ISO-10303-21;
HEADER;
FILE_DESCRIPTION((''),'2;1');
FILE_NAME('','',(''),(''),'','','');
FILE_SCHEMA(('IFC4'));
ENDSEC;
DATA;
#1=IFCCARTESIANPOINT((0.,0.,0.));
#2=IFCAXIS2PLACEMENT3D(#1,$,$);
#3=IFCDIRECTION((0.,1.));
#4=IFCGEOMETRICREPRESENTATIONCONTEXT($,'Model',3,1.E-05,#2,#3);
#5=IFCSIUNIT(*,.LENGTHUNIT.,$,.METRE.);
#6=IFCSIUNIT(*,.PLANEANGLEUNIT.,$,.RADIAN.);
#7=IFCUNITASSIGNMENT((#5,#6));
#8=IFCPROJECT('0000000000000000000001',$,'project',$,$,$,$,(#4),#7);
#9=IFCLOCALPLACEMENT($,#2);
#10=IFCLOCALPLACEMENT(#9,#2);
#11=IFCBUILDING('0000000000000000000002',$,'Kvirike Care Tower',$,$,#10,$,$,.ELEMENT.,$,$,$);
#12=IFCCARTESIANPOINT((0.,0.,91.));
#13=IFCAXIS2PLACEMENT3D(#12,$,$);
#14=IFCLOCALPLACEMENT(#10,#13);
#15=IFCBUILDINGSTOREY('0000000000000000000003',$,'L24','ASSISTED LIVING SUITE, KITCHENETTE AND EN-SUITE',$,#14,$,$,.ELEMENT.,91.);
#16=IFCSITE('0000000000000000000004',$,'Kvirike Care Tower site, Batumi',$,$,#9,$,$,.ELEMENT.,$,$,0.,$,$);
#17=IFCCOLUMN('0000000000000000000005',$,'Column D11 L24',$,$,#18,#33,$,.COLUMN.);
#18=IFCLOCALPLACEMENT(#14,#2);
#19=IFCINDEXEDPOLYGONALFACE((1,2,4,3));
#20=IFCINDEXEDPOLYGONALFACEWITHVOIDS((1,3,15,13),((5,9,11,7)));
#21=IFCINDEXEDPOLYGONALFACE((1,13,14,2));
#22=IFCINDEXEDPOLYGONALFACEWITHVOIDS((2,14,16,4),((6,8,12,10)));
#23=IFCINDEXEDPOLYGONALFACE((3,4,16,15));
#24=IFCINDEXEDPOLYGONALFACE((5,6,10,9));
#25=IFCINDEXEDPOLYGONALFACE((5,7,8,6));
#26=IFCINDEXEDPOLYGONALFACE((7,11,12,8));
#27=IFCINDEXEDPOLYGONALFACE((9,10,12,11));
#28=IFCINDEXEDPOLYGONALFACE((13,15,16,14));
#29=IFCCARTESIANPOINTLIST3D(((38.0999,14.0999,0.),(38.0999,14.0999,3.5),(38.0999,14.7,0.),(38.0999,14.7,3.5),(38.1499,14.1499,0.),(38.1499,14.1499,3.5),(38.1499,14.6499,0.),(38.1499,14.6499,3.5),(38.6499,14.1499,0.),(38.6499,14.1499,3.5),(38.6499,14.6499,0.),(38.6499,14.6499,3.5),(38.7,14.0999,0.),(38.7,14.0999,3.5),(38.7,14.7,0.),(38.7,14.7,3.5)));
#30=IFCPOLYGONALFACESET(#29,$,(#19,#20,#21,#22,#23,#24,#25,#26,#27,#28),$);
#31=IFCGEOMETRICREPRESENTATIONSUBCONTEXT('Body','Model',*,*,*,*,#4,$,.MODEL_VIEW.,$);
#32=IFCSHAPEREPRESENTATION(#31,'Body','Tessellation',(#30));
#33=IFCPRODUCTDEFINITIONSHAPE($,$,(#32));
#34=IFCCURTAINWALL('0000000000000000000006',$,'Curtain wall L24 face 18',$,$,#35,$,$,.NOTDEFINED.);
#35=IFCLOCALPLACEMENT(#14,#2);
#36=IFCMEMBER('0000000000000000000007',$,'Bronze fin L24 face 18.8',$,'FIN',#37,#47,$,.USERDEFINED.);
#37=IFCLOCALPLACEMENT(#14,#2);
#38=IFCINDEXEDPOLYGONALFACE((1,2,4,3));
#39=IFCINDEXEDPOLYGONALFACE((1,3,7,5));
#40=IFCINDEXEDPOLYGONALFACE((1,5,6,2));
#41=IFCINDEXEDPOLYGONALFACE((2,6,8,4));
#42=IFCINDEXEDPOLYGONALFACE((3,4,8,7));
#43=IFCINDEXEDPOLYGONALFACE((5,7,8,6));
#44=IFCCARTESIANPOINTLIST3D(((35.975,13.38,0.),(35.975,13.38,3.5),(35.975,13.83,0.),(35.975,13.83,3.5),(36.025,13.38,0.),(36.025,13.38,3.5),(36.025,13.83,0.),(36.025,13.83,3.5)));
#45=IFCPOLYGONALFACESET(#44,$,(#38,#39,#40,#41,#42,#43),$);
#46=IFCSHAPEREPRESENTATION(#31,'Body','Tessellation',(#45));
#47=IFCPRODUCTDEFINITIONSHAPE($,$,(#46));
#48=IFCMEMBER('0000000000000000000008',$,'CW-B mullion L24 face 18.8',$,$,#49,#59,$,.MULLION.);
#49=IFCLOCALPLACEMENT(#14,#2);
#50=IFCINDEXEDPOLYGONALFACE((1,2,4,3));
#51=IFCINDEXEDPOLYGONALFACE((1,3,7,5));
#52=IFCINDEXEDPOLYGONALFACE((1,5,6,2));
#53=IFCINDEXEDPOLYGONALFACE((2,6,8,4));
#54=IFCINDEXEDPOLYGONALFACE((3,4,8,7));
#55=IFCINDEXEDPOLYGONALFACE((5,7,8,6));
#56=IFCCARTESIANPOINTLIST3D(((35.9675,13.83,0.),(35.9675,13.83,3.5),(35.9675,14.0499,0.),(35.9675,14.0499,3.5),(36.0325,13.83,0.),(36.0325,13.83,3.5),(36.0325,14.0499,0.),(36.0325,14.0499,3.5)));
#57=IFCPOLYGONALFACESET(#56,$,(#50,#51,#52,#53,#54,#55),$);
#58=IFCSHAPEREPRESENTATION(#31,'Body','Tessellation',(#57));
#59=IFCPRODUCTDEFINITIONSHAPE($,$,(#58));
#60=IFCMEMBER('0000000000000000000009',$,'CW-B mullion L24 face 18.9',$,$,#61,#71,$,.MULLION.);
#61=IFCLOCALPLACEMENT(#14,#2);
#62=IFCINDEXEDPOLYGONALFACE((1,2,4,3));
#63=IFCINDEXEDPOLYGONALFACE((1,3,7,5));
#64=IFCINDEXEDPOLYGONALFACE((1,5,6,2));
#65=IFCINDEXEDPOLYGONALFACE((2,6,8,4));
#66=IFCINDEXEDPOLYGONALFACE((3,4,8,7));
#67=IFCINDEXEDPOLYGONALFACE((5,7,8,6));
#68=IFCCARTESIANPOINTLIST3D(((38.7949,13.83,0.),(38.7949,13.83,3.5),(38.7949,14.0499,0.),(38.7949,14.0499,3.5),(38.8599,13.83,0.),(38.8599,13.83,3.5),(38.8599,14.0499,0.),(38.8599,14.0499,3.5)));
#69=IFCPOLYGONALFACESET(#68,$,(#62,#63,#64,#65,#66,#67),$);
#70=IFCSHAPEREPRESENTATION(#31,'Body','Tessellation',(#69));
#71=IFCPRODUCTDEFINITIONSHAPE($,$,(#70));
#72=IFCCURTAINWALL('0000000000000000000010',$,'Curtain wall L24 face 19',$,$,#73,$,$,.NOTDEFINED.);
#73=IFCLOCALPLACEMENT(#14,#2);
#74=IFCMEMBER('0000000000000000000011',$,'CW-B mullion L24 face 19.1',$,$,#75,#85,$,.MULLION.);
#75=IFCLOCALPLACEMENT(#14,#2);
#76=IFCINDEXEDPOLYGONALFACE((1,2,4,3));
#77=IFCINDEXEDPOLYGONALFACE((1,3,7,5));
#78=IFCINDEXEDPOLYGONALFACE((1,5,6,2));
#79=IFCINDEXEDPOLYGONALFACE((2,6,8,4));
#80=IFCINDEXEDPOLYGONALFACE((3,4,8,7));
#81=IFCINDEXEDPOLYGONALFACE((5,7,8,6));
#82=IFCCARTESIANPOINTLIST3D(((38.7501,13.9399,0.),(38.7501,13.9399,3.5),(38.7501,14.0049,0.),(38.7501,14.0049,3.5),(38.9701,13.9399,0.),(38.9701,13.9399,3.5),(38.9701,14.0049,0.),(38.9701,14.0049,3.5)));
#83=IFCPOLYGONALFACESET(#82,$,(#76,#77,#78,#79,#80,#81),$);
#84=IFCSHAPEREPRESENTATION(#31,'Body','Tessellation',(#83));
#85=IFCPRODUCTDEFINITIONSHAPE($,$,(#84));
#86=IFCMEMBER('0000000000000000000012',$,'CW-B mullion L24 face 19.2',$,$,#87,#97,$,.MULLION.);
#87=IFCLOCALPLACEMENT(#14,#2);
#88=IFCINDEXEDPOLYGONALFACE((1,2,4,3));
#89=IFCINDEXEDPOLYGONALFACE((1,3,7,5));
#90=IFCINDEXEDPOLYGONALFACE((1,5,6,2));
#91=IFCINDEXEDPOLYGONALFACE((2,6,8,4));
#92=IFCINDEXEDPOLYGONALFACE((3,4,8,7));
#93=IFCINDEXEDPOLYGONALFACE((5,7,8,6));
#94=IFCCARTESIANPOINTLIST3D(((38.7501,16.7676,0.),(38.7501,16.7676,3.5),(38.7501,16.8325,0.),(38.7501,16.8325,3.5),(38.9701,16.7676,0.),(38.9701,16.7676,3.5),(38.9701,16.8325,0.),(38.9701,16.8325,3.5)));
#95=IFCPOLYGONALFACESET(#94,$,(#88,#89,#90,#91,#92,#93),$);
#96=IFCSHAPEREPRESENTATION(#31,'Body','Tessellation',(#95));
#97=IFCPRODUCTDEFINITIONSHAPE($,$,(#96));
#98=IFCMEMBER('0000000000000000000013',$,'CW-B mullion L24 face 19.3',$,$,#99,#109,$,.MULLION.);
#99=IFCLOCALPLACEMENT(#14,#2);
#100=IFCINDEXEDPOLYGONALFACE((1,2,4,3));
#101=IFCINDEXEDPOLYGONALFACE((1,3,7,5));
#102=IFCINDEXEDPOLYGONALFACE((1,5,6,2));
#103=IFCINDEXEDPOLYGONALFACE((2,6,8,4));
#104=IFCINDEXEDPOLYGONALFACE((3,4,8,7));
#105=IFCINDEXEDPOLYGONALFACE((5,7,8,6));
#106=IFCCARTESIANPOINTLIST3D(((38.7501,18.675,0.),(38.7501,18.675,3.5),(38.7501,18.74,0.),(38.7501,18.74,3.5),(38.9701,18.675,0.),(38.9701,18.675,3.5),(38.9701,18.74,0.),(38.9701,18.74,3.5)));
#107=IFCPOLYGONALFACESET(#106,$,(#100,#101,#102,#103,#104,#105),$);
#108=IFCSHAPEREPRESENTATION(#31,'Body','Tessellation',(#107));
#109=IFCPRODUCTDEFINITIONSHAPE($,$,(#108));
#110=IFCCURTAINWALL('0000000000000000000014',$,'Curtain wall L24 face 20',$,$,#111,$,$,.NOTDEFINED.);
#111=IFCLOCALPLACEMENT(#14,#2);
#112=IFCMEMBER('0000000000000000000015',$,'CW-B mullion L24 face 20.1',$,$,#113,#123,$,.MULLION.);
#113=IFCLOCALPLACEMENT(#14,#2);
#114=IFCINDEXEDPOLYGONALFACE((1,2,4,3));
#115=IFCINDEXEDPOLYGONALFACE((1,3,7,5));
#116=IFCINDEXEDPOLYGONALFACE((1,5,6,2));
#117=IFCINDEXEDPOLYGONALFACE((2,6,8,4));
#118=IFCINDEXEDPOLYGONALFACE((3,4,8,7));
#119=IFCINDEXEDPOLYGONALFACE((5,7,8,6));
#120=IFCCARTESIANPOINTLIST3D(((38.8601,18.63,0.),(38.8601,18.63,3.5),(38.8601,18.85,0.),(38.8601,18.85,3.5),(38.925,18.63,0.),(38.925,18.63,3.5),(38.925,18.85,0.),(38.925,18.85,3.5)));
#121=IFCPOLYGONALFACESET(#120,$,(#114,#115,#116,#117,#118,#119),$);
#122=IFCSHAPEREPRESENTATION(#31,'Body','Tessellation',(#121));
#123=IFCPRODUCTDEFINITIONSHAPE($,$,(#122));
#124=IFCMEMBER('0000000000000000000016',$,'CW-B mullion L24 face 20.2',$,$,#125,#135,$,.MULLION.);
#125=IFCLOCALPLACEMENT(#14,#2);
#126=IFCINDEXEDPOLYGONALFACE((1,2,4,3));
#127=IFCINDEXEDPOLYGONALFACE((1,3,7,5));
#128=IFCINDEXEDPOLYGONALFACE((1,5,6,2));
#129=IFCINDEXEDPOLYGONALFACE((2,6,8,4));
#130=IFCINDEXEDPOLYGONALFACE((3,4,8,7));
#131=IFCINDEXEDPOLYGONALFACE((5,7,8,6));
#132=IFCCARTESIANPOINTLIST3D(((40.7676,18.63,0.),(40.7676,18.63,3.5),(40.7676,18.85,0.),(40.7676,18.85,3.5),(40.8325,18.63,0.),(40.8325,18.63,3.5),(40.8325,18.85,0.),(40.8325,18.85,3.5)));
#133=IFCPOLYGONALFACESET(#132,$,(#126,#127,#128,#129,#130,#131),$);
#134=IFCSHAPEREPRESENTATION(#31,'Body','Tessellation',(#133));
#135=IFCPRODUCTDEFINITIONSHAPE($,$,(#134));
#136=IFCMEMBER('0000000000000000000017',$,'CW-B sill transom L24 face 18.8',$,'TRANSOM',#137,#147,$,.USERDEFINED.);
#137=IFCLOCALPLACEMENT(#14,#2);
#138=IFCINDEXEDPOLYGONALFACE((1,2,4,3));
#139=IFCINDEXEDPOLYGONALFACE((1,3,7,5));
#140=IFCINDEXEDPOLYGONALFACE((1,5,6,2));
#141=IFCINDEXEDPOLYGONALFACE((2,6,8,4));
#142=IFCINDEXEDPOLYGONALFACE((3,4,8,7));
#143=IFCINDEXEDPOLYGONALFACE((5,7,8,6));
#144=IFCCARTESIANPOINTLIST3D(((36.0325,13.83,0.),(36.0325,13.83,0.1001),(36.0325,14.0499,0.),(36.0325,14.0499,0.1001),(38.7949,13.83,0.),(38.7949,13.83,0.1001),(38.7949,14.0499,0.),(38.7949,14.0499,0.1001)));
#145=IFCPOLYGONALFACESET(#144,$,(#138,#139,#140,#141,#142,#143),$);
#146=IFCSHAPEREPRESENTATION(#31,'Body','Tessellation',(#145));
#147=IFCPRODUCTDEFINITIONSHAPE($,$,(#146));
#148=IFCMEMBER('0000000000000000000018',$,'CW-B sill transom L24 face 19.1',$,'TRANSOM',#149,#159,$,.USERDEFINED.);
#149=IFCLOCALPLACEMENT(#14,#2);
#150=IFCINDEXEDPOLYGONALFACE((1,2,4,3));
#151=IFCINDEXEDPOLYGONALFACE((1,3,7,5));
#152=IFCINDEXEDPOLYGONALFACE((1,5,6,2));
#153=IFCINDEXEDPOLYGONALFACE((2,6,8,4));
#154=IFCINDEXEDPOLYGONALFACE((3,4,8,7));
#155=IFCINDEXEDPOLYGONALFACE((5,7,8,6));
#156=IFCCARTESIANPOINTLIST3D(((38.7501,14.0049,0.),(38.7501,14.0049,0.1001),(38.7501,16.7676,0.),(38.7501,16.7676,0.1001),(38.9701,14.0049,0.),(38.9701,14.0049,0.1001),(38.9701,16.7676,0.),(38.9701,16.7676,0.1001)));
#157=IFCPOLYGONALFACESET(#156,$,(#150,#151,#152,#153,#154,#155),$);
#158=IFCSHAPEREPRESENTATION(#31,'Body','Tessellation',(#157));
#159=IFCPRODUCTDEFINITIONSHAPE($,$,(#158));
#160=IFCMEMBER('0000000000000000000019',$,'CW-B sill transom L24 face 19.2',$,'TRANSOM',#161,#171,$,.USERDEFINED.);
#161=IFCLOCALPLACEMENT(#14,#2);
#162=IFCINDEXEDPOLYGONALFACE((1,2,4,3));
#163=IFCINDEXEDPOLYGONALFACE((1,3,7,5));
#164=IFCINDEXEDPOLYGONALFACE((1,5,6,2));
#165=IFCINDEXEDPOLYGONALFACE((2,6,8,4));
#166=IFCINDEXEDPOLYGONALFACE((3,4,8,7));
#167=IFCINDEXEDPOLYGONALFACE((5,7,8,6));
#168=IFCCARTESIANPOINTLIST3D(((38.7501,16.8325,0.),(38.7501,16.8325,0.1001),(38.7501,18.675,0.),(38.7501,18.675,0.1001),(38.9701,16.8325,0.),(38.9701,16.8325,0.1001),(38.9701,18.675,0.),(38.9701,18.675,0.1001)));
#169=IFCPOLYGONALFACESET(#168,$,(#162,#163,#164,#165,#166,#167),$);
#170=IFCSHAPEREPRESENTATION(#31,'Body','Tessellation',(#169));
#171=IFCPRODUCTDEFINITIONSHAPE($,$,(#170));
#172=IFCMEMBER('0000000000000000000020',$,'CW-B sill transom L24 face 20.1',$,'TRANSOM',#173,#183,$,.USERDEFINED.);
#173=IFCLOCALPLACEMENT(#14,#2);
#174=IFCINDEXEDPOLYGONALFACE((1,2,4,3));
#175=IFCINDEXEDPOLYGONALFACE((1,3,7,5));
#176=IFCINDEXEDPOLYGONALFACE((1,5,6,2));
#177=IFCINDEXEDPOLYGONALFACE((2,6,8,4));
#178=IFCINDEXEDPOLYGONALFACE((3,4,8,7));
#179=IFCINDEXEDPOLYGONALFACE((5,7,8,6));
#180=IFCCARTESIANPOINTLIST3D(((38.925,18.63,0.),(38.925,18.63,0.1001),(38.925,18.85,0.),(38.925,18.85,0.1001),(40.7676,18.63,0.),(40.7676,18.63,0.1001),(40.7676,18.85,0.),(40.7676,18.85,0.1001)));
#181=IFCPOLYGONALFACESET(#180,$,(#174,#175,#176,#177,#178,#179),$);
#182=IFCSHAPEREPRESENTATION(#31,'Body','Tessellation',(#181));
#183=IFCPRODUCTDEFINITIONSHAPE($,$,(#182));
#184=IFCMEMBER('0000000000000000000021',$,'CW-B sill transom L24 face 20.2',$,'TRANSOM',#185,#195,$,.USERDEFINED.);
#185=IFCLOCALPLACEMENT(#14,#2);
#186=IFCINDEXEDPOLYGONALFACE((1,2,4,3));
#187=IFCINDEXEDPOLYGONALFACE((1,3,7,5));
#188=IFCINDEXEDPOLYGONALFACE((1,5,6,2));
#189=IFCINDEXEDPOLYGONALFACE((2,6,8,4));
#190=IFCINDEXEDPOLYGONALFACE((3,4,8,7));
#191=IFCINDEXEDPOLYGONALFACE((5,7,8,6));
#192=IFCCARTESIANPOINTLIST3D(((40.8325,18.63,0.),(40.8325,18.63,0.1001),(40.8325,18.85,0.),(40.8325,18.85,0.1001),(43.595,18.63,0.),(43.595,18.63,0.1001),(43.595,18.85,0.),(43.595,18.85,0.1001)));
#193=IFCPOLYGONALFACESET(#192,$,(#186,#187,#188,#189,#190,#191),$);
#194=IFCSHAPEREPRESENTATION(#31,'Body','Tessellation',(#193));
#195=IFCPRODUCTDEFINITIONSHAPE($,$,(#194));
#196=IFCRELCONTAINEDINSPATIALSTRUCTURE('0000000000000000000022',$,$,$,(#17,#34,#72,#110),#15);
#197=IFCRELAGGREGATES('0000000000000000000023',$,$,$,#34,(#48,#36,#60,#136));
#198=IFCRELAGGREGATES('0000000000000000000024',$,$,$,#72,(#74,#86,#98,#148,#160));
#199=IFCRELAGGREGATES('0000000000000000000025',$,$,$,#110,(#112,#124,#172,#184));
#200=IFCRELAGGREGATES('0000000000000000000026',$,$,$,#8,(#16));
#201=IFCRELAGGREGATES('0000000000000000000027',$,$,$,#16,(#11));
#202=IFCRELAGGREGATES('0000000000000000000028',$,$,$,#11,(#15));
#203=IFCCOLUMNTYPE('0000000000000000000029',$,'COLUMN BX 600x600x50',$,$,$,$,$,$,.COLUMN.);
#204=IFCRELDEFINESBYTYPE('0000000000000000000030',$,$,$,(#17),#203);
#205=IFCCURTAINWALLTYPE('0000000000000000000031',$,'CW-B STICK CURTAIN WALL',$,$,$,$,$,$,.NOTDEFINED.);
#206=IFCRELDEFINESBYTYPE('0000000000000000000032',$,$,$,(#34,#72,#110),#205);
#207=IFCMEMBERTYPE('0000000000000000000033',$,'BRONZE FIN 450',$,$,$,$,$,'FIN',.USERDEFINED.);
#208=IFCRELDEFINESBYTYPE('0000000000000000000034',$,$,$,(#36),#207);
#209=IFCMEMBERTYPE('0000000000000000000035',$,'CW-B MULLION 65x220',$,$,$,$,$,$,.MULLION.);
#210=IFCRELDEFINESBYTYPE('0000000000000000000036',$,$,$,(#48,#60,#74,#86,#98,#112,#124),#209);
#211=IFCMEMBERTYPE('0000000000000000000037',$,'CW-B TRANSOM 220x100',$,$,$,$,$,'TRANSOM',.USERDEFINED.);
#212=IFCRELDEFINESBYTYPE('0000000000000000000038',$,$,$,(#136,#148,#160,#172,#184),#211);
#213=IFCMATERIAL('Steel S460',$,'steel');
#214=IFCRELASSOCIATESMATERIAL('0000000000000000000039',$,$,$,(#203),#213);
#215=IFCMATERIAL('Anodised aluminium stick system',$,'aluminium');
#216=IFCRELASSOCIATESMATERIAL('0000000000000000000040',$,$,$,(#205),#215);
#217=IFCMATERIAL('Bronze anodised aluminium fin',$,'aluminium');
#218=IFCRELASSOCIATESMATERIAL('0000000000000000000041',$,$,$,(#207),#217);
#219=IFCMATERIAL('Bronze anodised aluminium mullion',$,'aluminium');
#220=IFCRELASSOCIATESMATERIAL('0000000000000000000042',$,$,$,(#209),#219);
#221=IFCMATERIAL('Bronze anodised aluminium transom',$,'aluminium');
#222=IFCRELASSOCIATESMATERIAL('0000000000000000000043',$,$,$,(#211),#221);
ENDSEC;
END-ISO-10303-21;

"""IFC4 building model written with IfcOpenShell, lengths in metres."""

from ifc_helpers import new_model, si_unit, direction, frame, origin, origin_2d, place, context, subcontext, project, spatial, rectangle, hollow_rectangle, extrude, material, material_profile, profile_set, type_object, element, aggregate, save


model = new_model("IFC4")

# Units and contexts
model_context = context("Model", 3, precision=1e-05, world=origin(), true_north=direction((0.0, 1.0)))
body_context = subcontext(model_context, "Body", "Model", "MODEL_VIEW")
ifc_project = project(units=[si_unit("LENGTHUNIT", "METRE"), si_unit("PLANEANGLEUNIT", "RADIAN")], contexts=[model_context])

# Site, building, storey
site_placement = place(None, origin())
site = spatial("IfcSite", under=ifc_project, at=site_placement, Name="Kvirike Care Tower site, Batumi", CompositionType="ELEMENT", RefElevation=0.0)
building_placement = place(site_placement, origin())
building = spatial("IfcBuilding", under=site, at=building_placement, Name="Kvirike Care Tower", CompositionType="ELEMENT")
storey_placement = place(building_placement, frame((0.0, 0.0, 91.0)))
storey = spatial("IfcBuildingStorey", under=building, at=storey_placement, Name="L24", Description="ASSISTED LIVING SUITE, KITCHENETTE AND EN-SUITE", CompositionType="ELEMENT", Elevation=91.0)

# Column
ifc_material_1 = material(Name="Steel S460", Category="steel")
ifc_material_profile_1 = material_profile(ifc_material_1, hollow_rectangle(XDim=0.6001, YDim=0.6001, WallThickness=0.05, at=origin_2d()), Name="BX 600x600x50")
ifc_profile_set_1 = profile_set([ifc_material_profile_1], Name="Steel S460")
column_type = type_object("IfcColumnType", Name="COLUMN BX 600x600x50", PredefinedType="COLUMN", material=ifc_profile_set_1)
column_placement = place(storey_placement, frame((38.3999, 14.3999, 0.0), z_axis=(0.0, 0.0, 1.0), x_axis=(0.0, 1.0, 0.0)))
element("IfcColumn", 1, at=column_placement, inside=storey, type_object=column_type, Name="Column D11 L24", PredefinedType="COLUMN", context=body_context, shape_type="SweptSolid", body=[
    extrude(hollow_rectangle(XDim=0.6001, YDim=0.6001, WallThickness=0.05, at=origin_2d()), origin(), (0.0, 0.0, 1.0), 3.5),
])

# Curtain walls, members
ifc_material_2 = material(Name="Anodised aluminium stick system", Category="aluminium")
curtain_wall_type = type_object("IfcCurtainWallType", Name="CW-B STICK CURTAIN WALL", PredefinedType="NOTDEFINED", material=ifc_material_2)
curtain_wall_1_placement = place(storey_placement, origin())
curtain_wall_1 = element("IfcCurtainWall", 2, at=curtain_wall_1_placement, inside=storey, type_object=curtain_wall_type, Name="Curtain wall L24 face 18", PredefinedType="NOTDEFINED")
ifc_material_3 = material(Name="Bronze anodised aluminium fin", Category="aluminium")
ifc_material_profile_2 = material_profile(ifc_material_3, rectangle(XDim=0.05, YDim=0.45, at=origin_2d()), Name="BRONZE FIN 450")
ifc_profile_set_2 = profile_set([ifc_material_profile_2], Name="Bronze anodised aluminium fin")
member_type_1 = type_object("IfcMemberType", Name="BRONZE FIN 450", ElementType="FIN", PredefinedType="USERDEFINED", material=ifc_profile_set_2)
member_1_placement = place(storey_placement, frame((36.0, 13.605, 0.0), z_axis=(0.0, 0.0, 1.0), x_axis=(1.0, 0.0, 0.0)))
member_1 = element("IfcMember", 3, at=member_1_placement, type_object=member_type_1, Name="Bronze fin L24 face 18.8", ObjectType="FIN", PredefinedType="USERDEFINED", context=body_context, shape_type="SweptSolid", body=[
    extrude(rectangle(XDim=0.05, YDim=0.45, at=origin_2d()), origin(), (0.0, 0.0, 1.0), 3.5),
])
ifc_material_4 = material(Name="Bronze anodised aluminium mullion", Category="aluminium")
ifc_material_profile_3 = material_profile(ifc_material_4, rectangle(XDim=0.0649, YDim=0.22, at=origin_2d()), Name="CW-B MULLION 65x220")
ifc_profile_set_3 = profile_set([ifc_material_profile_3], Name="Bronze anodised aluminium mullion")
member_type_2 = type_object("IfcMemberType", Name="CW-B MULLION 65x220", PredefinedType="MULLION", material=ifc_profile_set_3)
member_2_placement = place(storey_placement, frame((36.0, 13.9399, 0.0), z_axis=(0.0, 0.0, 1.0), x_axis=(1.0, 0.0, 0.0)))
member_2 = element("IfcMember", 4, at=member_2_placement, type_object=member_type_2, Name="CW-B mullion L24 face 18.8", PredefinedType="MULLION", context=body_context, shape_type="SweptSolid", body=[
    extrude(rectangle(XDim=0.0649, YDim=0.22, at=origin_2d()), origin(), (0.0, 0.0, 1.0), 3.5),
])
member_3_placement = place(storey_placement, frame((38.8274, 13.9399, 0.0), z_axis=(0.0, 0.0, 1.0), x_axis=(1.0, 0.0, 0.0)))
member_3 = element("IfcMember", 5, at=member_3_placement, type_object=member_type_2, Name="CW-B mullion L24 face 18.9", PredefinedType="MULLION", context=body_context, shape_type="SweptSolid", body=[
    extrude(rectangle(XDim=0.0649, YDim=0.22, at=origin_2d()), origin(), (0.0, 0.0, 1.0), 3.5),
])
curtain_wall_2_placement = place(storey_placement, origin())
curtain_wall_2 = element("IfcCurtainWall", 6, at=curtain_wall_2_placement, inside=storey, type_object=curtain_wall_type, Name="Curtain wall L24 face 19", PredefinedType="NOTDEFINED")
member_4_placement = place(storey_placement, frame((38.8601, 13.9724, 0.0), z_axis=(0.0, 0.0, 1.0), x_axis=(0.0, 1.0, 0.0)))
member_4 = element("IfcMember", 7, at=member_4_placement, type_object=member_type_2, Name="CW-B mullion L24 face 19.1", PredefinedType="MULLION", context=body_context, shape_type="SweptSolid", body=[
    extrude(rectangle(XDim=0.0649, YDim=0.22, at=origin_2d()), origin(), (0.0, 0.0, 1.0), 3.5),
])
member_5_placement = place(storey_placement, frame((38.8601, 16.8, 0.0), z_axis=(0.0, 0.0, 1.0), x_axis=(0.0, 1.0, 0.0)))
member_5 = element("IfcMember", 8, at=member_5_placement, type_object=member_type_2, Name="CW-B mullion L24 face 19.2", PredefinedType="MULLION", context=body_context, shape_type="SweptSolid", body=[
    extrude(rectangle(XDim=0.0649, YDim=0.22, at=origin_2d()), origin(), (0.0, 0.0, 1.0), 3.5),
])
member_6_placement = place(storey_placement, frame((38.8601, 18.7075, 0.0), z_axis=(0.0, 0.0, 1.0), x_axis=(0.0, 1.0, 0.0)))
member_6 = element("IfcMember", 9, at=member_6_placement, type_object=member_type_2, Name="CW-B mullion L24 face 19.3", PredefinedType="MULLION", context=body_context, shape_type="SweptSolid", body=[
    extrude(rectangle(XDim=0.0649, YDim=0.22, at=origin_2d()), origin(), (0.0, 0.0, 1.0), 3.5),
])
curtain_wall_3_placement = place(storey_placement, origin())
curtain_wall_3 = element("IfcCurtainWall", 10, at=curtain_wall_3_placement, inside=storey, type_object=curtain_wall_type, Name="Curtain wall L24 face 20", PredefinedType="NOTDEFINED")
member_7_placement = place(storey_placement, frame((38.8926, 18.74, 0.0), z_axis=(0.0, 0.0, 1.0), x_axis=(1.0, 0.0, 0.0)))
member_7 = element("IfcMember", 11, at=member_7_placement, type_object=member_type_2, Name="CW-B mullion L24 face 20.1", PredefinedType="MULLION", context=body_context, shape_type="SweptSolid", body=[
    extrude(rectangle(XDim=0.0649, YDim=0.22, at=origin_2d()), origin(), (0.0, 0.0, 1.0), 3.5),
])
member_8_placement = place(storey_placement, frame((40.8, 18.74, 0.0), z_axis=(0.0, 0.0, 1.0), x_axis=(1.0, 0.0, 0.0)))
member_8 = element("IfcMember", 12, at=member_8_placement, type_object=member_type_2, Name="CW-B mullion L24 face 20.2", PredefinedType="MULLION", context=body_context, shape_type="SweptSolid", body=[
    extrude(rectangle(XDim=0.0649, YDim=0.22, at=origin_2d()), origin(), (0.0, 0.0, 1.0), 3.5),
])

# Members
ifc_material_5 = material(Name="Bronze anodised aluminium transom", Category="aluminium")
ifc_material_profile_4 = material_profile(ifc_material_5, rectangle(XDim=0.22, YDim=0.1001, at=origin_2d()), Name="CW-B TRANSOM 220x100")
ifc_profile_set_4 = profile_set([ifc_material_profile_4], Name="Bronze anodised aluminium transom")
member_type_3 = type_object("IfcMemberType", Name="CW-B TRANSOM 220x100", ElementType="TRANSOM", PredefinedType="USERDEFINED", material=ifc_profile_set_4)
member_9_placement = place(storey_placement, frame((36.0325, 13.9399, 0.05), z_axis=(1.0, 0.0, 0.0), x_axis=(0.0, 1.0, 0.0)))
member_9 = element("IfcMember", 13, at=member_9_placement, type_object=member_type_3, Name="CW-B sill transom L24 face 18.8", ObjectType="TRANSOM", PredefinedType="USERDEFINED", context=body_context, shape_type="SweptSolid", body=[
    extrude(rectangle(XDim=0.22, YDim=0.1001, at=origin_2d()), origin(), (0.0, 0.0, 1.0), 2.7625),
])
member_10_placement = place(storey_placement, frame((38.8601, 14.0049, 0.05), z_axis=(0.0, 1.0, 0.0), x_axis=(-1.0, 0.0, 0.0)))
member_10 = element("IfcMember", 14, at=member_10_placement, type_object=member_type_3, Name="CW-B sill transom L24 face 19.1", ObjectType="TRANSOM", PredefinedType="USERDEFINED", context=body_context, shape_type="SweptSolid", body=[
    extrude(rectangle(XDim=0.22, YDim=0.1001, at=origin_2d()), origin(), (0.0, 0.0, 1.0), 2.7627),
])
member_11_placement = place(storey_placement, frame((38.8601, 16.8325, 0.05), z_axis=(0.0, 1.0, 0.0), x_axis=(-1.0, 0.0, 0.0)))
member_11 = element("IfcMember", 15, at=member_11_placement, type_object=member_type_3, Name="CW-B sill transom L24 face 19.2", ObjectType="TRANSOM", PredefinedType="USERDEFINED", context=body_context, shape_type="SweptSolid", body=[
    extrude(rectangle(XDim=0.22, YDim=0.1001, at=origin_2d()), origin(), (0.0, 0.0, 1.0), 1.8425),
])
member_12_placement = place(storey_placement, frame((38.925, 18.74, 0.05), z_axis=(1.0, 0.0, 0.0), x_axis=(0.0, 1.0, 0.0)))
member_12 = element("IfcMember", 16, at=member_12_placement, type_object=member_type_3, Name="CW-B sill transom L24 face 20.1", ObjectType="TRANSOM", PredefinedType="USERDEFINED", context=body_context, shape_type="SweptSolid", body=[
    extrude(rectangle(XDim=0.22, YDim=0.1001, at=origin_2d()), origin(), (0.0, 0.0, 1.0), 1.8425),
])
member_13_placement = place(storey_placement, frame((40.8325, 18.74, 0.05), z_axis=(1.0, 0.0, 0.0), x_axis=(0.0, 1.0, 0.0)))
member_13 = element("IfcMember", 17, at=member_13_placement, type_object=member_type_3, Name="CW-B sill transom L24 face 20.2", ObjectType="TRANSOM", PredefinedType="USERDEFINED", context=body_context, shape_type="SweptSolid", body=[
    extrude(rectangle(XDim=0.22, YDim=0.1001, at=origin_2d()), origin(), (0.0, 0.0, 1.0), 2.7625),
])

aggregate(curtain_wall_1, [member_2, member_1, member_3, member_9])
aggregate(curtain_wall_2, [member_4, member_5, member_6, member_10, member_11])
aggregate(curtain_wall_3, [member_7, member_8, member_12, member_13])

save(model, "model.ifc")
